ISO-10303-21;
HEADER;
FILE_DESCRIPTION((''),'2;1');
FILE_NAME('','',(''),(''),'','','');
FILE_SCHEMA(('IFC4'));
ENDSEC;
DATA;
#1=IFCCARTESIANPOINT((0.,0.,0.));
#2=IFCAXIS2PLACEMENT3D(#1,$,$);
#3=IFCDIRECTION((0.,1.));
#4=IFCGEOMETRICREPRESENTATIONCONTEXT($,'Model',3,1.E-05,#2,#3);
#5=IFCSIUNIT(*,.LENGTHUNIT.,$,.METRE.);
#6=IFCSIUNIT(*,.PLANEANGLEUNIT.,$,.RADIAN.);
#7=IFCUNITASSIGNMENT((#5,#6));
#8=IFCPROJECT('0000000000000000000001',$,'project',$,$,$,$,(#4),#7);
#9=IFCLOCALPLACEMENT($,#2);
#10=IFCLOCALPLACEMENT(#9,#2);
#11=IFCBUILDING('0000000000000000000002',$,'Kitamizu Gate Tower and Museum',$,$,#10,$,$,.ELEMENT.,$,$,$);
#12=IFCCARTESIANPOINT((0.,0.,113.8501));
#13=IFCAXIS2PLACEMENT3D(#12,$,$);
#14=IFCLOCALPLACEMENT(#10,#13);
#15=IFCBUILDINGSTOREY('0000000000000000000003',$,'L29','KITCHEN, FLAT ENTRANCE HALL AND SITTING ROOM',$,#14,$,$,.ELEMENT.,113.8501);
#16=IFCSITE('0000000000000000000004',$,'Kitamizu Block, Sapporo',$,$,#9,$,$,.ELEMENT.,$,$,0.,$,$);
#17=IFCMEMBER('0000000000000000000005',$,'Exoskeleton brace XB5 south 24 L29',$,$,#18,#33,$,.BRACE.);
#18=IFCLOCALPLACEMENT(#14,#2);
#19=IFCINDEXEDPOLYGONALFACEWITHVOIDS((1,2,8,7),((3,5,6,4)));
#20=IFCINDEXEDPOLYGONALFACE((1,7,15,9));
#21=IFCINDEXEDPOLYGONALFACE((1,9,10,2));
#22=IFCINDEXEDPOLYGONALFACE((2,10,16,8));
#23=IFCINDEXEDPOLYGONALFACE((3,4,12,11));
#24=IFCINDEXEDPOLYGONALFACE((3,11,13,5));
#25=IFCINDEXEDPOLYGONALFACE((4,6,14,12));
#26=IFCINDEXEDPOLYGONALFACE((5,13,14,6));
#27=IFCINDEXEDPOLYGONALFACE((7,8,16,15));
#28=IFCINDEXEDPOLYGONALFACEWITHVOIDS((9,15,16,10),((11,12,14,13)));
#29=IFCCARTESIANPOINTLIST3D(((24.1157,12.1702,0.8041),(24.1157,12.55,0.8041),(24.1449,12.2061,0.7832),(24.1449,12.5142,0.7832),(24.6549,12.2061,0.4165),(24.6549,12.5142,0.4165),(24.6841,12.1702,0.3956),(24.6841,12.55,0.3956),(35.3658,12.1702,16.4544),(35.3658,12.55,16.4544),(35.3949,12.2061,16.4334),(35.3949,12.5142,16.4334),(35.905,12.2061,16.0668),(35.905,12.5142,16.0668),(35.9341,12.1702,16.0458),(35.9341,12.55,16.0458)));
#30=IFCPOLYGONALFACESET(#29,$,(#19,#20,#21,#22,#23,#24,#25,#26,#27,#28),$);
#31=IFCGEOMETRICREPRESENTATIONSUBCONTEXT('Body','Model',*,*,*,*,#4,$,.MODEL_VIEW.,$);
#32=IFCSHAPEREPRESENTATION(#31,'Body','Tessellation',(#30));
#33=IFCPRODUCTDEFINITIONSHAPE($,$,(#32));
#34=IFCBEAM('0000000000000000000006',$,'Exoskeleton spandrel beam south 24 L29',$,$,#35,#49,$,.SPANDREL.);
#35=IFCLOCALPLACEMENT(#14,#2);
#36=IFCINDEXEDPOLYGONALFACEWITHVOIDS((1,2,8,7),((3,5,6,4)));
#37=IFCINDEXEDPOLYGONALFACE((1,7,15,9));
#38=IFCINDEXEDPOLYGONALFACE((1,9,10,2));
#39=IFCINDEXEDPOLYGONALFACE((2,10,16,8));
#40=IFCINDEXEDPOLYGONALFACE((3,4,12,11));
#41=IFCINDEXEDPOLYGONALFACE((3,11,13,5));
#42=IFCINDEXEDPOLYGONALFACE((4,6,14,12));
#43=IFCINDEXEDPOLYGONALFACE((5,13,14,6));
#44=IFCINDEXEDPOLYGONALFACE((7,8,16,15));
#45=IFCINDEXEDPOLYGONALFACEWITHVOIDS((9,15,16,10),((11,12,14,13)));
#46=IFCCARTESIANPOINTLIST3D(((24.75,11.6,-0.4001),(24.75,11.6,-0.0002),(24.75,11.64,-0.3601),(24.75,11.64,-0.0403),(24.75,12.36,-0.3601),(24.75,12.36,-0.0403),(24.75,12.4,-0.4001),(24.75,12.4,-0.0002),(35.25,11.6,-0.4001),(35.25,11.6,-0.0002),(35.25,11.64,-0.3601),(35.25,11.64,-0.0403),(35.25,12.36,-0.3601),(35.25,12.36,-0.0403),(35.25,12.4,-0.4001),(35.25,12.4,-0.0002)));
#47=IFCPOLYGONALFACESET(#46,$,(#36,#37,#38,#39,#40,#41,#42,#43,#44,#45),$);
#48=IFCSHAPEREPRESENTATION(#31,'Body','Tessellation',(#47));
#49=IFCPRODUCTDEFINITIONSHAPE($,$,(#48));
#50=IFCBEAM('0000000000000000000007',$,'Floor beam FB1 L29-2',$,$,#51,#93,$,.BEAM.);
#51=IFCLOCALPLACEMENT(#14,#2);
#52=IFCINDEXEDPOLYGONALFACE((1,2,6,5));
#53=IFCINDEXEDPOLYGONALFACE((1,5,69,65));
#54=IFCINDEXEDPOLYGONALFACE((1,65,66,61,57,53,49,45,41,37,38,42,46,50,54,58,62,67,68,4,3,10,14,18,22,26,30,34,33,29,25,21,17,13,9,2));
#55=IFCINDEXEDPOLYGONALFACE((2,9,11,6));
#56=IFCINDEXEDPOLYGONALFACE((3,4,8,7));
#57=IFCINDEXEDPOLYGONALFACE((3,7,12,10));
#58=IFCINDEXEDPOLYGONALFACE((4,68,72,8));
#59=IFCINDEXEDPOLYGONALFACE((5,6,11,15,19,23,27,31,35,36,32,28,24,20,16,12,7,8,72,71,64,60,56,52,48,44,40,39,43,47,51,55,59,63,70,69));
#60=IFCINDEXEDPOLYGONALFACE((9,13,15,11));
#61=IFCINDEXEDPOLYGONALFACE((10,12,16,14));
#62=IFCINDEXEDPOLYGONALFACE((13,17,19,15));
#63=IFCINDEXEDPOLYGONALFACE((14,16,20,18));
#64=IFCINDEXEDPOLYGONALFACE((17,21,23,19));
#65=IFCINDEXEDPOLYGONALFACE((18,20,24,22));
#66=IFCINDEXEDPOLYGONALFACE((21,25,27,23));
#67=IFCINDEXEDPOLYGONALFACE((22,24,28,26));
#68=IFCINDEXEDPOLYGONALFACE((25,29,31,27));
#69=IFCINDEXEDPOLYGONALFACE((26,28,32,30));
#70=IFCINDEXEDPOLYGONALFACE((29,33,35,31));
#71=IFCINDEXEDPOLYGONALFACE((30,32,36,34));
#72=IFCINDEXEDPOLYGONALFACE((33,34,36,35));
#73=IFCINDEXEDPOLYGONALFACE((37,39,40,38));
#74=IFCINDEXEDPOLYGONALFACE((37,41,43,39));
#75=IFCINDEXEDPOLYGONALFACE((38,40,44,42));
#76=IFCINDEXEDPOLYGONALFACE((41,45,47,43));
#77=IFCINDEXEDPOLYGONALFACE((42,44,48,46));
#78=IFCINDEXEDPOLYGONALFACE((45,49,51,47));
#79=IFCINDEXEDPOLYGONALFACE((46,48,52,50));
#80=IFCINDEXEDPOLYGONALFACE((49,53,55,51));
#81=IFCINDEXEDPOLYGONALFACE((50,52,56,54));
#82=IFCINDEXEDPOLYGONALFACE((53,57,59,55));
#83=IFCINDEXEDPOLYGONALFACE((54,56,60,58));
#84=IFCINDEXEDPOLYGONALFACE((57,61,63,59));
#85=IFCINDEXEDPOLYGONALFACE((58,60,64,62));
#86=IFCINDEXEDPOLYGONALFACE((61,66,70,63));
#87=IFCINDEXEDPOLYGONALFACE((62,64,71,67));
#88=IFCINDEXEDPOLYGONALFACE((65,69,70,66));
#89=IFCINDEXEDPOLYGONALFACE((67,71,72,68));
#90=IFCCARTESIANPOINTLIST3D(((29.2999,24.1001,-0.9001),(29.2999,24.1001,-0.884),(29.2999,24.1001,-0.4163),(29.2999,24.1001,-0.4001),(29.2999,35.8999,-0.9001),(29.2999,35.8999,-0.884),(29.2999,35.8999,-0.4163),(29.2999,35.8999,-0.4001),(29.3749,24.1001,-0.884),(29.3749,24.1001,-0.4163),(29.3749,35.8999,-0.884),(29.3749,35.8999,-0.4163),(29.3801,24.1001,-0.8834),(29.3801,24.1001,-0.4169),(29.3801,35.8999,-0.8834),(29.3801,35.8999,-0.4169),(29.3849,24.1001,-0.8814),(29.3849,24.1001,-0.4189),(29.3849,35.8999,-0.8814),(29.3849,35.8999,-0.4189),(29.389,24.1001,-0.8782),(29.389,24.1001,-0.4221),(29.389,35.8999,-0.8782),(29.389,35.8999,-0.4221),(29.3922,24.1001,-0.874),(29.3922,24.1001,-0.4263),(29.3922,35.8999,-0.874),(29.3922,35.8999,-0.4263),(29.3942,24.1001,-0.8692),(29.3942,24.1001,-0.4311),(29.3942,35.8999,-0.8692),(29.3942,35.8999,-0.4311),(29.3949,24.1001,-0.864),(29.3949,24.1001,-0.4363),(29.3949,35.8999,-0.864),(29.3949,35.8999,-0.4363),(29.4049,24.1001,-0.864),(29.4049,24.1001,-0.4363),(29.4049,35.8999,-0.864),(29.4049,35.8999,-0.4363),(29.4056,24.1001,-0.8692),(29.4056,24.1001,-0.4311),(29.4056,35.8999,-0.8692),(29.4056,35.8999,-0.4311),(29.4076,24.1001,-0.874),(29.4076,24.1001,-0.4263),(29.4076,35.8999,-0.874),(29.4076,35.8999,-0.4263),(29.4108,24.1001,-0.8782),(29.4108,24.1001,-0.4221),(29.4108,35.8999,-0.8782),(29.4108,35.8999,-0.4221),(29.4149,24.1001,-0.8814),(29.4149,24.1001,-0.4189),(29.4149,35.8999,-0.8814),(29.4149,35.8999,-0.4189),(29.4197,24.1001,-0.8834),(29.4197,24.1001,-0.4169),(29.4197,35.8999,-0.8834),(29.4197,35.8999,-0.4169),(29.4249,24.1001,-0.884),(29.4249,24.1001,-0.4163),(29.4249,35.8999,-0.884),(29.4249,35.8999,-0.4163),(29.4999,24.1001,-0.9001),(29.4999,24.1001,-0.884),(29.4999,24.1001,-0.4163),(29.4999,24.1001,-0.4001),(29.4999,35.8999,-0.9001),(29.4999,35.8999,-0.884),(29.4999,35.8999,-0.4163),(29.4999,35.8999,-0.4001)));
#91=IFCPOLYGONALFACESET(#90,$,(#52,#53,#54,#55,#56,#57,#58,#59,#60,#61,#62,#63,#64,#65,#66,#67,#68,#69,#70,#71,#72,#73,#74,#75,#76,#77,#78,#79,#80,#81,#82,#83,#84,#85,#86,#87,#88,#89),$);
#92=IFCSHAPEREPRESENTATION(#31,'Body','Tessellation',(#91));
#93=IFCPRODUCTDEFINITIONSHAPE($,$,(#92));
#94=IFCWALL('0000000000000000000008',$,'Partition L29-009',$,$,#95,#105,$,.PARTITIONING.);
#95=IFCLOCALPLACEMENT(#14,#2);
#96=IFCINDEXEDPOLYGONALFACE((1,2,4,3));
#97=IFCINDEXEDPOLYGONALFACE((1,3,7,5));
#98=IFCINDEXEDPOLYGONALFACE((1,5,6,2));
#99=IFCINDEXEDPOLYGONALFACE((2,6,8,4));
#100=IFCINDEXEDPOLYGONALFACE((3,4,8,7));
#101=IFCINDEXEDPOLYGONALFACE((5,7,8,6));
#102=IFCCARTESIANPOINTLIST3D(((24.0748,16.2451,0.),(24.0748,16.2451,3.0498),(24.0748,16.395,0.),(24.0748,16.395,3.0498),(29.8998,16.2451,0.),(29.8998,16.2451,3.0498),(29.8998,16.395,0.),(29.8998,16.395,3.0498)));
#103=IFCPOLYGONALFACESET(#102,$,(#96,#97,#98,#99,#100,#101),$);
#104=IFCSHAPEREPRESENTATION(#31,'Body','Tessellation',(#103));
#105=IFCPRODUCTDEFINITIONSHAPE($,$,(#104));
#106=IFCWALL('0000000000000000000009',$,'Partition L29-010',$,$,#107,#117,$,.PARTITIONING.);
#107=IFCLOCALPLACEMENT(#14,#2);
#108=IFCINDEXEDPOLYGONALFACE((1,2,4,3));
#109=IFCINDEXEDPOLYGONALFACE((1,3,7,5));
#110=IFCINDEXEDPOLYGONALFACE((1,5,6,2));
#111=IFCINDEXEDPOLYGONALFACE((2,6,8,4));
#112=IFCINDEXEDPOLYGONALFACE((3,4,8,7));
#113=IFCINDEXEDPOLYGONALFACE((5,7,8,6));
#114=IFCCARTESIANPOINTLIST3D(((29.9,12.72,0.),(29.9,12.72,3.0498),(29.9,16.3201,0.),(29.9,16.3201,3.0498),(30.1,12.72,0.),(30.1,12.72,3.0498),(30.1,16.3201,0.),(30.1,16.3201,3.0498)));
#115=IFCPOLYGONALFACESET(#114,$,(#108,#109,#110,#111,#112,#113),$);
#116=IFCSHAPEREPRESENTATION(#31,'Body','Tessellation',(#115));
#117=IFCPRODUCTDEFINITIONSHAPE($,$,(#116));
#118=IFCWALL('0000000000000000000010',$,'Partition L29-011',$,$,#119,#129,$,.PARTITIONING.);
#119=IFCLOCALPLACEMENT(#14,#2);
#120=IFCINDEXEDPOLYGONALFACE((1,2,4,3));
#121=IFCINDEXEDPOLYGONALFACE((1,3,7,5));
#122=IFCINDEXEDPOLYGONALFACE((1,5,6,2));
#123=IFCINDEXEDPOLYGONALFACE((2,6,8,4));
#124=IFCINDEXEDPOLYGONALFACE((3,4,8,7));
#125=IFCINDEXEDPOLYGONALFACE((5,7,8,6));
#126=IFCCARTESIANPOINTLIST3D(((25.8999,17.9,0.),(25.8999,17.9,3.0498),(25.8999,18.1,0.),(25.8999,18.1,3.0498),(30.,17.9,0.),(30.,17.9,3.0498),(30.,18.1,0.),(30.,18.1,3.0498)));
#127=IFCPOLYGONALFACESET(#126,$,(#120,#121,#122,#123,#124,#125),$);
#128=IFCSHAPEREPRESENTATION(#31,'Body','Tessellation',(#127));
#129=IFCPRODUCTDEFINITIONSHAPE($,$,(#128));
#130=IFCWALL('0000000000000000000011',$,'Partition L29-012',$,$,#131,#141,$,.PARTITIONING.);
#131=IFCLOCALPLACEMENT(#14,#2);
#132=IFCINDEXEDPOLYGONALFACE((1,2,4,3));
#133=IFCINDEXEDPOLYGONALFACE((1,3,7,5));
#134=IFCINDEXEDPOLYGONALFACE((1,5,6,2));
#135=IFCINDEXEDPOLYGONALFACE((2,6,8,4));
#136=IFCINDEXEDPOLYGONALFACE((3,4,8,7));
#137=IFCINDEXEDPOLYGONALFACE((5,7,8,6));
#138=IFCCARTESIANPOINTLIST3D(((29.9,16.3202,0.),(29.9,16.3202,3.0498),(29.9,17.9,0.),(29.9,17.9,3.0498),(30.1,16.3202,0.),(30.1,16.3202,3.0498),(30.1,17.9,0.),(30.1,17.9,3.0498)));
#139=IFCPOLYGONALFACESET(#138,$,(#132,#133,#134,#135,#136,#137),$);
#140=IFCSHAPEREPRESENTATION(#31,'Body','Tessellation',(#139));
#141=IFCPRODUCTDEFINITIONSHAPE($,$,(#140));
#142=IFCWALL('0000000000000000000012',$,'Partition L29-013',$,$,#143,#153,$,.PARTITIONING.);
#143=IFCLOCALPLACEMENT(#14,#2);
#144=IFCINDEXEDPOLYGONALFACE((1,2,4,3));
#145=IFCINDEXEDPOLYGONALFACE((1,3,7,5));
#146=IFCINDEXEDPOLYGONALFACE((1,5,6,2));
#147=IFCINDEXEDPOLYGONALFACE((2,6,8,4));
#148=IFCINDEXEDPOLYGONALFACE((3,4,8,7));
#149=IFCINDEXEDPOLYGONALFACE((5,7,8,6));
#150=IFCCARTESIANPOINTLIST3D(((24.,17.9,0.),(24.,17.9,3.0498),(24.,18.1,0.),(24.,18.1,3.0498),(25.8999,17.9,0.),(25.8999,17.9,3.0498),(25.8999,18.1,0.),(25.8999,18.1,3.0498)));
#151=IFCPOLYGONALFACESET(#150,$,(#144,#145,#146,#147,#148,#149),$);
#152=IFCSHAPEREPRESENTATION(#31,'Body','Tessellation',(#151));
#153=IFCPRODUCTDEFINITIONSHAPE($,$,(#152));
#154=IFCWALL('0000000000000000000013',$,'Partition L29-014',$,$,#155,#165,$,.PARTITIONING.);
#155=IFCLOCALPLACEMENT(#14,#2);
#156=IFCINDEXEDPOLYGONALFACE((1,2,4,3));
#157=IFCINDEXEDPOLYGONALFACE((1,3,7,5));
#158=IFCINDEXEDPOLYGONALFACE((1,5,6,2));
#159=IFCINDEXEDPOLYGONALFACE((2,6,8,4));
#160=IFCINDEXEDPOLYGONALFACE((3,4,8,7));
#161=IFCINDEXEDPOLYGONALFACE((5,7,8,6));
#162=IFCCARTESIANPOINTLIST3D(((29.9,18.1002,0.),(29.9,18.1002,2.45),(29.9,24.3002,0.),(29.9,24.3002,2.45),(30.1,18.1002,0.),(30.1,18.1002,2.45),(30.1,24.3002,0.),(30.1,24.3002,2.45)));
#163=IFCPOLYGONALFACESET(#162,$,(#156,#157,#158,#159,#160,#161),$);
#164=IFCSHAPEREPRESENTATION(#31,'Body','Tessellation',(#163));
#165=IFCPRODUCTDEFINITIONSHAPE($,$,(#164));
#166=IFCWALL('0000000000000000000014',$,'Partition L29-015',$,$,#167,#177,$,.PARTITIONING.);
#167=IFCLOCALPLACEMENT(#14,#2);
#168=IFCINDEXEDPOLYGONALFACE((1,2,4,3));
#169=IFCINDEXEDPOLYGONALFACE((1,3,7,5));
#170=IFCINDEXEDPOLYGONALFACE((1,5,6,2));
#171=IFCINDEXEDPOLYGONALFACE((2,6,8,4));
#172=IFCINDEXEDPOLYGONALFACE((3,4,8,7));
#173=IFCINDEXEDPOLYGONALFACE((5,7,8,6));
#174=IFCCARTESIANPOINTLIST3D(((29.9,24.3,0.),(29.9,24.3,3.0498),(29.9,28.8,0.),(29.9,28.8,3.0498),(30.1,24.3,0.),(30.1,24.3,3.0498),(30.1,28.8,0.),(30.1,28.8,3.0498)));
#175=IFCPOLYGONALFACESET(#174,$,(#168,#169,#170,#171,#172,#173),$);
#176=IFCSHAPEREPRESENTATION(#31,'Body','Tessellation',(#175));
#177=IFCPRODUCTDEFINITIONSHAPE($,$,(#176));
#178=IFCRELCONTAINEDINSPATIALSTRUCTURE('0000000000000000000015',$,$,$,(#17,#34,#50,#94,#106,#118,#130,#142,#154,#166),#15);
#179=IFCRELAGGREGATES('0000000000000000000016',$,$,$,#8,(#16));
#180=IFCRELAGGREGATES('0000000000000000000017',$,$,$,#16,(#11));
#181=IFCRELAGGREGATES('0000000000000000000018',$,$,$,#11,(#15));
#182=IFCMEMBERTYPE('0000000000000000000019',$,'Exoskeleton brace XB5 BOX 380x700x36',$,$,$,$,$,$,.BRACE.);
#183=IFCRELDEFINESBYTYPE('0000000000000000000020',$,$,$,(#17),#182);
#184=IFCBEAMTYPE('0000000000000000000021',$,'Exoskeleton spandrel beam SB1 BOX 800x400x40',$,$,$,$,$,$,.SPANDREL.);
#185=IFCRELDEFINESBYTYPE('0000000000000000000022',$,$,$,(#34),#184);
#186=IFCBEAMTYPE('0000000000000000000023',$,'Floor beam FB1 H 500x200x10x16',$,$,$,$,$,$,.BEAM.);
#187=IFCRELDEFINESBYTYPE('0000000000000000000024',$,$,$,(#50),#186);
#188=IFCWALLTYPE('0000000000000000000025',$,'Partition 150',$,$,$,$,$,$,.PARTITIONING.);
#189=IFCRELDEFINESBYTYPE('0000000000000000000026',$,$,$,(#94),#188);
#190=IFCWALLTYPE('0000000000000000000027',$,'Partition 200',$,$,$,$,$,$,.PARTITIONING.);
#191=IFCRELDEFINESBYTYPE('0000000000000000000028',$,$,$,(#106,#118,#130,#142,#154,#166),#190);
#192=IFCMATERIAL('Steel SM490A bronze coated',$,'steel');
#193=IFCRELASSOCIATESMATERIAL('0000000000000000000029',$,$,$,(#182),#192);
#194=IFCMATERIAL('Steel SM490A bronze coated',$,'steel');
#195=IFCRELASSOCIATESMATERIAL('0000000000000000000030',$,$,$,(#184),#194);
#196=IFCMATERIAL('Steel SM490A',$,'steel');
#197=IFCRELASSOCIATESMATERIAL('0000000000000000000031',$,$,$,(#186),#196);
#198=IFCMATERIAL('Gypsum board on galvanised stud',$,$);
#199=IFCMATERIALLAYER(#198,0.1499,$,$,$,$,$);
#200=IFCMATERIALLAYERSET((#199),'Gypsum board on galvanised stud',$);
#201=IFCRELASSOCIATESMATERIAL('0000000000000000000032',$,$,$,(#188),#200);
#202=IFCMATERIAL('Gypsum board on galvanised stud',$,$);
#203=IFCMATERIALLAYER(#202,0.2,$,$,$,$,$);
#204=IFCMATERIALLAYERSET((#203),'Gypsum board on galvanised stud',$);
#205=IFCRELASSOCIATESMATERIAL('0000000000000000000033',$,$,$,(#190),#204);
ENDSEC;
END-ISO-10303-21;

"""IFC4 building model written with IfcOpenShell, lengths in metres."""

from ifc_helpers import new_model, si_unit, direction, frame, frame_2d, origin, origin_2d, place, context, subcontext, project, spatial, rectangle, hollow_rectangle, i_section, extrude, material, layer, layer_set, material_profile, profile_set, type_object, element, save


model = new_model("IFC4")

# Units and contexts
model_context = context("Model", 3, precision=1e-05, world=origin(), true_north=direction((0.0, 1.0)))
body_context = subcontext(model_context, "Body", "Model", "MODEL_VIEW")
ifc_project = project(units=[si_unit("LENGTHUNIT", "METRE"), si_unit("PLANEANGLEUNIT", "RADIAN")], contexts=[model_context])

# Site, building, storey
site_placement = place(None, origin())
site = spatial("IfcSite", under=ifc_project, at=site_placement, Name="Kitamizu Block, Sapporo", CompositionType="ELEMENT", RefElevation=0.0)
building_placement = place(site_placement, origin())
building = spatial("IfcBuilding", under=site, at=building_placement, Name="Kitamizu Gate Tower and Museum", CompositionType="ELEMENT")
storey_placement = place(building_placement, frame((0.0, 0.0, 113.8501)))
storey = spatial("IfcBuildingStorey", under=building, at=storey_placement, Name="L29", Description="KITCHEN, FLAT ENTRANCE HALL AND SITTING ROOM", CompositionType="ELEMENT", Elevation=113.8501)

# Member
ifc_material_1 = material(Name="Steel SM490A bronze coated", Category="steel")
ifc_material_profile_1 = material_profile(ifc_material_1, hollow_rectangle(XDim=0.3799, YDim=0.7, WallThickness=0.0359, at=origin_2d()), Name="BOX 380x700x36")
ifc_profile_set_1 = profile_set([ifc_material_profile_1], Name="Steel SM490A bronze coated")
member_type = type_object("IfcMemberType", Name="Exoskeleton brace XB5 BOX 380x700x36", PredefinedType="BRACE", material=ifc_profile_set_1)
member_placement = place(storey_placement, frame((24.3999, 12.3601, 0.5999), z_axis=(0.583686, 0.0, 0.81198), x_axis=(0.0, 1.0, 0.0)))
element("IfcMember", 1, at=member_placement, inside=storey, type_object=member_type, Name="Exoskeleton brace XB5 south 24 L29", PredefinedType="BRACE", context=body_context, shape_type="SweptSolid", body=[
    extrude(hollow_rectangle(XDim=0.3799, YDim=0.7, WallThickness=0.0359, at=origin_2d()), origin(), (0.0, 0.0, 1.0), 19.2742),
])

# Beams
ifc_material_2 = material(Name="Steel SM490A bronze coated", Category="steel")
ifc_material_profile_2 = material_profile(ifc_material_2, hollow_rectangle(XDim=0.8, YDim=0.3999, WallThickness=0.04, at=origin_2d()), Name="BOX 800x400x40")
ifc_profile_set_2 = profile_set([ifc_material_profile_2], Name="Steel SM490A bronze coated")
beam_type_1 = type_object("IfcBeamType", Name="Exoskeleton spandrel beam SB1 BOX 800x400x40", PredefinedType="SPANDREL", material=ifc_profile_set_2)
beam_1_placement = place(storey_placement, frame((24.75, 12.0, -0.2002), z_axis=(1.0, 0.0, 0.0), x_axis=(0.0, 1.0, 0.0)))
element("IfcBeam", 2, at=beam_1_placement, inside=storey, type_object=beam_type_1, Name="Exoskeleton spandrel beam south 24 L29", PredefinedType="SPANDREL", context=body_context, shape_type="SweptSolid", body=[
    extrude(hollow_rectangle(XDim=0.8, YDim=0.3999, WallThickness=0.04, at=origin_2d()), origin(), (0.0, 0.0, 1.0), 10.5),
])
ifc_material_3 = material(Name="Steel SM490A", Category="steel")
ifc_material_profile_3 = material_profile(ifc_material_3, i_section(OverallWidth=0.2, OverallDepth=0.5, WebThickness=0.01, FlangeThickness=0.0161, FilletRadius=0.02, at=origin_2d()), Name="H-500x200x10x16")
ifc_profile_set_3 = profile_set([ifc_material_profile_3], Name="Steel SM490A")
beam_type_2 = type_object("IfcBeamType", Name="Floor beam FB1 H 500x200x10x16", PredefinedType="BEAM", material=ifc_profile_set_3)
beam_2_placement = place(storey_placement, frame((29.3999, 24.1001, -0.6501), z_axis=(0.0, 1.0, 0.0), x_axis=(-1.0, 0.0, 0.0)))
element("IfcBeam", 3, at=beam_2_placement, inside=storey, type_object=beam_type_2, Name="Floor beam FB1 L29-2", PredefinedType="BEAM", context=body_context, shape_type="SweptSolid", body=[
    extrude(i_section(OverallWidth=0.2, OverallDepth=0.5, WebThickness=0.01, FlangeThickness=0.0161, FilletRadius=0.02, at=origin_2d()), origin(), (0.0, 0.0, 1.0), 11.7998),
])

# Walls
ifc_material_4 = material(Name="Gypsum board on galvanised stud")
ifc_layer_1 = layer(ifc_material_4, 0.1499)
ifc_layer_set_1 = layer_set([ifc_layer_1], Name="Gypsum board on galvanised stud")
wall_type_1 = type_object("IfcWallType", Name="Partition 150", PredefinedType="PARTITIONING", material=ifc_layer_set_1)
wall_1_placement = place(storey_placement, frame((29.8999, 16.3201, 0.0), z_axis=(0.0, 0.0, 1.0), x_axis=(-1.0, 0.0, 0.0)))
element("IfcWall", 4, at=wall_1_placement, inside=storey, type_object=wall_type_1, Name="Partition L29-009", PredefinedType="PARTITIONING", context=body_context, shape_type="SweptSolid", body=[
    extrude(rectangle(XDim=5.825, YDim=0.1499, at=frame_2d((2.9126, 0.0))), origin(), (0.0, 0.0, 1.0), 3.0498),
])
ifc_material_5 = material(Name="Gypsum board on galvanised stud")
ifc_layer_2 = layer(ifc_material_5, 0.2)
ifc_layer_set_2 = layer_set([ifc_layer_2], Name="Gypsum board on galvanised stud")
wall_type_2 = type_object("IfcWallType", Name="Partition 200", PredefinedType="PARTITIONING", material=ifc_layer_set_2)
wall_2_placement = place(storey_placement, frame((30.0, 12.72, 0.0), z_axis=(0.0, 0.0, 1.0), x_axis=(0.0, 1.0, 0.0)))
element("IfcWall", 5, at=wall_2_placement, inside=storey, type_object=wall_type_2, Name="Partition L29-010", PredefinedType="PARTITIONING", context=body_context, shape_type="SweptSolid", body=[
    extrude(rectangle(XDim=3.6001, YDim=0.2, at=frame_2d((1.8, 0.0))), origin(), (0.0, 0.0, 1.0), 3.0498),
])
wall_3_placement = place(storey_placement, frame((30.0, 18.0, 0.0), z_axis=(0.0, 0.0, 1.0), x_axis=(-1.0, 0.0, 0.0)))
element("IfcWall", 6, at=wall_3_placement, inside=storey, type_object=wall_type_2, Name="Partition L29-011", PredefinedType="PARTITIONING", context=body_context, shape_type="SweptSolid", body=[
    extrude(rectangle(XDim=4.1001, YDim=0.2, at=frame_2d((2.05, 0.0))), origin(), (0.0, 0.0, 1.0), 3.0498),
])
wall_4_placement = place(storey_placement, frame((30.0, 16.3201, 0.0), z_axis=(0.0, 0.0, 1.0), x_axis=(0.0, 1.0, 0.0)))
element("IfcWall", 7, at=wall_4_placement, inside=storey, type_object=wall_type_2, Name="Partition L29-012", PredefinedType="PARTITIONING", context=body_context, shape_type="SweptSolid", body=[
    extrude(rectangle(XDim=1.5798, YDim=0.2, at=frame_2d((0.79, 0.0))), origin(), (0.0, 0.0, 1.0), 3.0498),
])
wall_5_placement = place(storey_placement, frame((25.8999, 18.0, 0.0), z_axis=(0.0, 0.0, 1.0), x_axis=(-1.0, 0.0, 0.0)))
element("IfcWall", 8, at=wall_5_placement, inside=storey, type_object=wall_type_2, Name="Partition L29-013", PredefinedType="PARTITIONING", context=body_context, shape_type="SweptSolid", body=[
    extrude(rectangle(XDim=1.8999, YDim=0.2, at=frame_2d((0.95, 0.0))), origin(), (0.0, 0.0, 1.0), 3.0498),
])
wall_6_placement = place(storey_placement, frame((30.0, 18.1001, 0.0), z_axis=(0.0, 0.0, 1.0), x_axis=(0.0, 1.0, 0.0)))
element("IfcWall", 9, at=wall_6_placement, inside=storey, type_object=wall_type_2, Name="Partition L29-014", PredefinedType="PARTITIONING", context=body_context, shape_type="SweptSolid", body=[
    extrude(rectangle(XDim=6.2, YDim=0.2, at=frame_2d((3.1001, 0.0))), origin(), (0.0, 0.0, 1.0), 2.45),
])
wall_7_placement = place(storey_placement, frame((30.0, 24.3, 0.0), z_axis=(0.0, 0.0, 1.0), x_axis=(0.0, 1.0, 0.0)))
element("IfcWall", 10, at=wall_7_placement, inside=storey, type_object=wall_type_2, Name="Partition L29-015", PredefinedType="PARTITIONING", context=body_context, shape_type="SweptSolid", body=[
    extrude(rectangle(XDim=4.5, YDim=0.2, at=frame_2d((2.25, 0.0))), origin(), (0.0, 0.0, 1.0), 3.0498),
])

save(model, "model.ifc")
